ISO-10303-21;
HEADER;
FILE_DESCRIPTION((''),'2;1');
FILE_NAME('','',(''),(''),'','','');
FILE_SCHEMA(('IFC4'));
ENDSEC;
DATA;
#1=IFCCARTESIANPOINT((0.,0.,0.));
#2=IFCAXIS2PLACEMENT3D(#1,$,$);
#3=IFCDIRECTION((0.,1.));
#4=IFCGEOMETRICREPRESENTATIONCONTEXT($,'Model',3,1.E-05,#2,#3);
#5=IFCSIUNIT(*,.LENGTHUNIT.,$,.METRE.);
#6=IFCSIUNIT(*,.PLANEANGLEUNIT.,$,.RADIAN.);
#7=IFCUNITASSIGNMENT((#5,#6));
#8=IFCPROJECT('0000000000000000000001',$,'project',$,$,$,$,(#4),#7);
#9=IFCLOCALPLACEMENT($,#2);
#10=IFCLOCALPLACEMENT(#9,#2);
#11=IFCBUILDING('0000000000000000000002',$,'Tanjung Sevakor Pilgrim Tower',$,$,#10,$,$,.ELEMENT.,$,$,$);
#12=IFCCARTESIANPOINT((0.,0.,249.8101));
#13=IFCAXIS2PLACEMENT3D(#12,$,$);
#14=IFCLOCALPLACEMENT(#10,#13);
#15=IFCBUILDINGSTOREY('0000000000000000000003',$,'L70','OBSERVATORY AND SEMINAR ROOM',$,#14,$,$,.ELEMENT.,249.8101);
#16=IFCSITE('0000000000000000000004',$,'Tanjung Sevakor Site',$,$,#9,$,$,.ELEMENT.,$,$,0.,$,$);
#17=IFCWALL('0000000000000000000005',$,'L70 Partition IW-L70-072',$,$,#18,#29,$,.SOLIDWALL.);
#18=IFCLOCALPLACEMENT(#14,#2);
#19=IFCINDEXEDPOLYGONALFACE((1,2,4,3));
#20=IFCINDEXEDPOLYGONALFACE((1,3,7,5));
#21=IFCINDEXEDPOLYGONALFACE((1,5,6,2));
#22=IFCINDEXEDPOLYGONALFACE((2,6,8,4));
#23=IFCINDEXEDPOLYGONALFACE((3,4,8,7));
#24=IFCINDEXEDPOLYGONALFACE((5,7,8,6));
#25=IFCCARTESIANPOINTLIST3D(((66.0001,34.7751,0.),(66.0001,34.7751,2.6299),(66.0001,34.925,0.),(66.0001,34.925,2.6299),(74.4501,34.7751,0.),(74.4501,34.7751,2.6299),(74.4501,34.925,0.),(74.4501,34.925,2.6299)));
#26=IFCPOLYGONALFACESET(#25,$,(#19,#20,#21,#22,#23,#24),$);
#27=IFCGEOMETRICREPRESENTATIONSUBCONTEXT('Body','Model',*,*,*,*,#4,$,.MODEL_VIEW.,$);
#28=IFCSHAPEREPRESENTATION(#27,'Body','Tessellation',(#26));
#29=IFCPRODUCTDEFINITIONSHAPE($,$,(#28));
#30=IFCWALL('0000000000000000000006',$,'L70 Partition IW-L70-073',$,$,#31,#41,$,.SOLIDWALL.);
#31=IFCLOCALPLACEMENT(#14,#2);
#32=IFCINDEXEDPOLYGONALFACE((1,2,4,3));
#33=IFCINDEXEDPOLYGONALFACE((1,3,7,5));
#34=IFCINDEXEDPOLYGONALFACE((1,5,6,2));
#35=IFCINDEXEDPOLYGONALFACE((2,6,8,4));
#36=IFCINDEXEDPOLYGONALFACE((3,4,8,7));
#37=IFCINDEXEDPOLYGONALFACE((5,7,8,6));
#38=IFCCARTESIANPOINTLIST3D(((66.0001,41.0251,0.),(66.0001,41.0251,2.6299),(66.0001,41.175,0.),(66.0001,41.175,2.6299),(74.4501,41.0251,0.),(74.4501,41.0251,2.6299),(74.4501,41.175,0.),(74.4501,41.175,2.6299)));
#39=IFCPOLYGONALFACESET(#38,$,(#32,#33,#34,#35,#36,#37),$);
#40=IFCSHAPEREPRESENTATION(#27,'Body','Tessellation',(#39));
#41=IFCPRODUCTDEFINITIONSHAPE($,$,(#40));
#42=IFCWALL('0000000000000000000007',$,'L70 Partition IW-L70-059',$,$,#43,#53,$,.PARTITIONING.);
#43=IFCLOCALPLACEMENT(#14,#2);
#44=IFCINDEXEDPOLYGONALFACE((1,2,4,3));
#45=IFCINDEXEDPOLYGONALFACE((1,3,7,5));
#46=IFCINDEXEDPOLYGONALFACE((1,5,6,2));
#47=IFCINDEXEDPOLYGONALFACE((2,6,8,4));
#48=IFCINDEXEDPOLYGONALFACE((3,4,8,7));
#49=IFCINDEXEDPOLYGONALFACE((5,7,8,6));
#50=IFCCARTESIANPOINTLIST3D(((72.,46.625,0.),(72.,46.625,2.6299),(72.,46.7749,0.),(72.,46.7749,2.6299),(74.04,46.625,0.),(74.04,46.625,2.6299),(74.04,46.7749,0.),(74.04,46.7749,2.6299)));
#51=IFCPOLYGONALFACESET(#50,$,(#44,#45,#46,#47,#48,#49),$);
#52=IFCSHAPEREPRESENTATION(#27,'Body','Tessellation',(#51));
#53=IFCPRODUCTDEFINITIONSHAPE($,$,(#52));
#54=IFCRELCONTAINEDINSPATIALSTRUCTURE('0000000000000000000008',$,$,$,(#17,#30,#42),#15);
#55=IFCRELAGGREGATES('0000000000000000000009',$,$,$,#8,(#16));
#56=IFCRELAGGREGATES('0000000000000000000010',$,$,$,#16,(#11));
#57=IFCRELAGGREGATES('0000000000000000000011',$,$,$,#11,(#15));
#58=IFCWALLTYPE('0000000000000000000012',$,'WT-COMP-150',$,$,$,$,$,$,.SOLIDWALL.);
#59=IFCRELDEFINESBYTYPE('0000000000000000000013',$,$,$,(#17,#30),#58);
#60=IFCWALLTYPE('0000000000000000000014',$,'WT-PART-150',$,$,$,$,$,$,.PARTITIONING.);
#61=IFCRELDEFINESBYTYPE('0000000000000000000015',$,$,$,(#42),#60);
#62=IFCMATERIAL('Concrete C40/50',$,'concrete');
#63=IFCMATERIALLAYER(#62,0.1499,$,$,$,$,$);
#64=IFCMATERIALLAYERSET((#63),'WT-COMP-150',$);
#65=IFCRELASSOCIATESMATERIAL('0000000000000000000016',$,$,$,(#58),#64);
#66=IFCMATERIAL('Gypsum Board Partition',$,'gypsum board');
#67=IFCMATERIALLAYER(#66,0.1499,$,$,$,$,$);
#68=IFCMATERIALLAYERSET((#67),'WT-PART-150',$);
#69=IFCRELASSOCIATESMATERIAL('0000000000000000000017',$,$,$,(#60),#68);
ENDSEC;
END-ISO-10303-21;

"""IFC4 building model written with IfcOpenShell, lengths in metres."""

from ifc_helpers import new_model, si_unit, direction, frame, frame_2d, origin, place, context, subcontext, project, spatial, rectangle, extrude, material, layer, layer_set, type_object, element, save


model = new_model("IFC4")

# Units and contexts
model_context = context("Model", 3, precision=1e-05, world=origin(), true_north=direction((0.0, 1.0)))
body_context = subcontext(model_context, "Body", "Model", "MODEL_VIEW")
ifc_project = project(units=[si_unit("LENGTHUNIT", "METRE"), si_unit("PLANEANGLEUNIT", "RADIAN")], contexts=[model_context])

# Site, building, storey
site_placement = place(None, origin())
site = spatial("IfcSite", under=ifc_project, at=site_placement, Name="Tanjung Sevakor Site", CompositionType="ELEMENT", RefElevation=0.0)
building_placement = place(site_placement, origin())
building = spatial("IfcBuilding", under=site, at=building_placement, Name="Tanjung Sevakor Pilgrim Tower", CompositionType="ELEMENT")
storey_placement = place(building_placement, frame((0.0, 0.0, 249.8101)))
storey = spatial("IfcBuildingStorey", under=building, at=storey_placement, Name="L70", Description="OBSERVATORY AND SEMINAR ROOM", CompositionType="ELEMENT", Elevation=249.8101)

# Shared definitions
ifc_material_1 = material(Name="Concrete C40/50", Category="concrete")
ifc_layer_1 = layer(ifc_material_1, 0.1499)
ifc_layer_set_1 = layer_set([ifc_layer_1], Name="WT-COMP-150")
wall_type_1 = type_object("IfcWallType", Name="WT-COMP-150", PredefinedType="SOLIDWALL", material=ifc_layer_set_1)

# Walls
for number, where, z_axis, x_axis, name in (
    (1, (66.0, 34.8501, 0.0), (0.0, 0.0, 1.0), (1.0, 0.0, 0.0), "L70 Partition IW-L70-072"),
    (2, (66.0, 41.1001, 0.0), (0.0, 0.0, 1.0), (1.0, 0.0, 0.0), "L70 Partition IW-L70-073"),
):
    element("IfcWall", number, at=place(storey_placement, frame(where, z_axis=z_axis, x_axis=x_axis)), inside=storey, type_object=wall_type_1, Name=name, PredefinedType="SOLIDWALL", context=body_context, shape_type="SweptSolid", body=[
        extrude(rectangle(XDim=8.45, YDim=0.1499, at=frame_2d((4.2251, 0.0))), origin(), (0.0, 0.0, 1.0), 2.6299),
    ])
ifc_material_2 = material(Name="Gypsum Board Partition", Category="gypsum board")
ifc_layer_2 = layer(ifc_material_2, 0.1499)
ifc_layer_set_2 = layer_set([ifc_layer_2], Name="WT-PART-150")
wall_type_2 = type_object("IfcWallType", Name="WT-PART-150", PredefinedType="PARTITIONING", material=ifc_layer_set_2)
wall_1_placement = place(storey_placement, frame((72.0, 46.7, 0.0), z_axis=(0.0, 0.0, 1.0), x_axis=(1.0, 0.0, 0.0)))
element("IfcWall", 3, at=wall_1_placement, inside=storey, type_object=wall_type_2, Name="L70 Partition IW-L70-059", PredefinedType="PARTITIONING", context=body_context, shape_type="SweptSolid", body=[
    extrude(rectangle(XDim=2.04, YDim=0.1499, at=frame_2d((1.02, 0.0))), origin(), (0.0, 0.0, 1.0), 2.6299),
])

save(model, "model.ifc")
